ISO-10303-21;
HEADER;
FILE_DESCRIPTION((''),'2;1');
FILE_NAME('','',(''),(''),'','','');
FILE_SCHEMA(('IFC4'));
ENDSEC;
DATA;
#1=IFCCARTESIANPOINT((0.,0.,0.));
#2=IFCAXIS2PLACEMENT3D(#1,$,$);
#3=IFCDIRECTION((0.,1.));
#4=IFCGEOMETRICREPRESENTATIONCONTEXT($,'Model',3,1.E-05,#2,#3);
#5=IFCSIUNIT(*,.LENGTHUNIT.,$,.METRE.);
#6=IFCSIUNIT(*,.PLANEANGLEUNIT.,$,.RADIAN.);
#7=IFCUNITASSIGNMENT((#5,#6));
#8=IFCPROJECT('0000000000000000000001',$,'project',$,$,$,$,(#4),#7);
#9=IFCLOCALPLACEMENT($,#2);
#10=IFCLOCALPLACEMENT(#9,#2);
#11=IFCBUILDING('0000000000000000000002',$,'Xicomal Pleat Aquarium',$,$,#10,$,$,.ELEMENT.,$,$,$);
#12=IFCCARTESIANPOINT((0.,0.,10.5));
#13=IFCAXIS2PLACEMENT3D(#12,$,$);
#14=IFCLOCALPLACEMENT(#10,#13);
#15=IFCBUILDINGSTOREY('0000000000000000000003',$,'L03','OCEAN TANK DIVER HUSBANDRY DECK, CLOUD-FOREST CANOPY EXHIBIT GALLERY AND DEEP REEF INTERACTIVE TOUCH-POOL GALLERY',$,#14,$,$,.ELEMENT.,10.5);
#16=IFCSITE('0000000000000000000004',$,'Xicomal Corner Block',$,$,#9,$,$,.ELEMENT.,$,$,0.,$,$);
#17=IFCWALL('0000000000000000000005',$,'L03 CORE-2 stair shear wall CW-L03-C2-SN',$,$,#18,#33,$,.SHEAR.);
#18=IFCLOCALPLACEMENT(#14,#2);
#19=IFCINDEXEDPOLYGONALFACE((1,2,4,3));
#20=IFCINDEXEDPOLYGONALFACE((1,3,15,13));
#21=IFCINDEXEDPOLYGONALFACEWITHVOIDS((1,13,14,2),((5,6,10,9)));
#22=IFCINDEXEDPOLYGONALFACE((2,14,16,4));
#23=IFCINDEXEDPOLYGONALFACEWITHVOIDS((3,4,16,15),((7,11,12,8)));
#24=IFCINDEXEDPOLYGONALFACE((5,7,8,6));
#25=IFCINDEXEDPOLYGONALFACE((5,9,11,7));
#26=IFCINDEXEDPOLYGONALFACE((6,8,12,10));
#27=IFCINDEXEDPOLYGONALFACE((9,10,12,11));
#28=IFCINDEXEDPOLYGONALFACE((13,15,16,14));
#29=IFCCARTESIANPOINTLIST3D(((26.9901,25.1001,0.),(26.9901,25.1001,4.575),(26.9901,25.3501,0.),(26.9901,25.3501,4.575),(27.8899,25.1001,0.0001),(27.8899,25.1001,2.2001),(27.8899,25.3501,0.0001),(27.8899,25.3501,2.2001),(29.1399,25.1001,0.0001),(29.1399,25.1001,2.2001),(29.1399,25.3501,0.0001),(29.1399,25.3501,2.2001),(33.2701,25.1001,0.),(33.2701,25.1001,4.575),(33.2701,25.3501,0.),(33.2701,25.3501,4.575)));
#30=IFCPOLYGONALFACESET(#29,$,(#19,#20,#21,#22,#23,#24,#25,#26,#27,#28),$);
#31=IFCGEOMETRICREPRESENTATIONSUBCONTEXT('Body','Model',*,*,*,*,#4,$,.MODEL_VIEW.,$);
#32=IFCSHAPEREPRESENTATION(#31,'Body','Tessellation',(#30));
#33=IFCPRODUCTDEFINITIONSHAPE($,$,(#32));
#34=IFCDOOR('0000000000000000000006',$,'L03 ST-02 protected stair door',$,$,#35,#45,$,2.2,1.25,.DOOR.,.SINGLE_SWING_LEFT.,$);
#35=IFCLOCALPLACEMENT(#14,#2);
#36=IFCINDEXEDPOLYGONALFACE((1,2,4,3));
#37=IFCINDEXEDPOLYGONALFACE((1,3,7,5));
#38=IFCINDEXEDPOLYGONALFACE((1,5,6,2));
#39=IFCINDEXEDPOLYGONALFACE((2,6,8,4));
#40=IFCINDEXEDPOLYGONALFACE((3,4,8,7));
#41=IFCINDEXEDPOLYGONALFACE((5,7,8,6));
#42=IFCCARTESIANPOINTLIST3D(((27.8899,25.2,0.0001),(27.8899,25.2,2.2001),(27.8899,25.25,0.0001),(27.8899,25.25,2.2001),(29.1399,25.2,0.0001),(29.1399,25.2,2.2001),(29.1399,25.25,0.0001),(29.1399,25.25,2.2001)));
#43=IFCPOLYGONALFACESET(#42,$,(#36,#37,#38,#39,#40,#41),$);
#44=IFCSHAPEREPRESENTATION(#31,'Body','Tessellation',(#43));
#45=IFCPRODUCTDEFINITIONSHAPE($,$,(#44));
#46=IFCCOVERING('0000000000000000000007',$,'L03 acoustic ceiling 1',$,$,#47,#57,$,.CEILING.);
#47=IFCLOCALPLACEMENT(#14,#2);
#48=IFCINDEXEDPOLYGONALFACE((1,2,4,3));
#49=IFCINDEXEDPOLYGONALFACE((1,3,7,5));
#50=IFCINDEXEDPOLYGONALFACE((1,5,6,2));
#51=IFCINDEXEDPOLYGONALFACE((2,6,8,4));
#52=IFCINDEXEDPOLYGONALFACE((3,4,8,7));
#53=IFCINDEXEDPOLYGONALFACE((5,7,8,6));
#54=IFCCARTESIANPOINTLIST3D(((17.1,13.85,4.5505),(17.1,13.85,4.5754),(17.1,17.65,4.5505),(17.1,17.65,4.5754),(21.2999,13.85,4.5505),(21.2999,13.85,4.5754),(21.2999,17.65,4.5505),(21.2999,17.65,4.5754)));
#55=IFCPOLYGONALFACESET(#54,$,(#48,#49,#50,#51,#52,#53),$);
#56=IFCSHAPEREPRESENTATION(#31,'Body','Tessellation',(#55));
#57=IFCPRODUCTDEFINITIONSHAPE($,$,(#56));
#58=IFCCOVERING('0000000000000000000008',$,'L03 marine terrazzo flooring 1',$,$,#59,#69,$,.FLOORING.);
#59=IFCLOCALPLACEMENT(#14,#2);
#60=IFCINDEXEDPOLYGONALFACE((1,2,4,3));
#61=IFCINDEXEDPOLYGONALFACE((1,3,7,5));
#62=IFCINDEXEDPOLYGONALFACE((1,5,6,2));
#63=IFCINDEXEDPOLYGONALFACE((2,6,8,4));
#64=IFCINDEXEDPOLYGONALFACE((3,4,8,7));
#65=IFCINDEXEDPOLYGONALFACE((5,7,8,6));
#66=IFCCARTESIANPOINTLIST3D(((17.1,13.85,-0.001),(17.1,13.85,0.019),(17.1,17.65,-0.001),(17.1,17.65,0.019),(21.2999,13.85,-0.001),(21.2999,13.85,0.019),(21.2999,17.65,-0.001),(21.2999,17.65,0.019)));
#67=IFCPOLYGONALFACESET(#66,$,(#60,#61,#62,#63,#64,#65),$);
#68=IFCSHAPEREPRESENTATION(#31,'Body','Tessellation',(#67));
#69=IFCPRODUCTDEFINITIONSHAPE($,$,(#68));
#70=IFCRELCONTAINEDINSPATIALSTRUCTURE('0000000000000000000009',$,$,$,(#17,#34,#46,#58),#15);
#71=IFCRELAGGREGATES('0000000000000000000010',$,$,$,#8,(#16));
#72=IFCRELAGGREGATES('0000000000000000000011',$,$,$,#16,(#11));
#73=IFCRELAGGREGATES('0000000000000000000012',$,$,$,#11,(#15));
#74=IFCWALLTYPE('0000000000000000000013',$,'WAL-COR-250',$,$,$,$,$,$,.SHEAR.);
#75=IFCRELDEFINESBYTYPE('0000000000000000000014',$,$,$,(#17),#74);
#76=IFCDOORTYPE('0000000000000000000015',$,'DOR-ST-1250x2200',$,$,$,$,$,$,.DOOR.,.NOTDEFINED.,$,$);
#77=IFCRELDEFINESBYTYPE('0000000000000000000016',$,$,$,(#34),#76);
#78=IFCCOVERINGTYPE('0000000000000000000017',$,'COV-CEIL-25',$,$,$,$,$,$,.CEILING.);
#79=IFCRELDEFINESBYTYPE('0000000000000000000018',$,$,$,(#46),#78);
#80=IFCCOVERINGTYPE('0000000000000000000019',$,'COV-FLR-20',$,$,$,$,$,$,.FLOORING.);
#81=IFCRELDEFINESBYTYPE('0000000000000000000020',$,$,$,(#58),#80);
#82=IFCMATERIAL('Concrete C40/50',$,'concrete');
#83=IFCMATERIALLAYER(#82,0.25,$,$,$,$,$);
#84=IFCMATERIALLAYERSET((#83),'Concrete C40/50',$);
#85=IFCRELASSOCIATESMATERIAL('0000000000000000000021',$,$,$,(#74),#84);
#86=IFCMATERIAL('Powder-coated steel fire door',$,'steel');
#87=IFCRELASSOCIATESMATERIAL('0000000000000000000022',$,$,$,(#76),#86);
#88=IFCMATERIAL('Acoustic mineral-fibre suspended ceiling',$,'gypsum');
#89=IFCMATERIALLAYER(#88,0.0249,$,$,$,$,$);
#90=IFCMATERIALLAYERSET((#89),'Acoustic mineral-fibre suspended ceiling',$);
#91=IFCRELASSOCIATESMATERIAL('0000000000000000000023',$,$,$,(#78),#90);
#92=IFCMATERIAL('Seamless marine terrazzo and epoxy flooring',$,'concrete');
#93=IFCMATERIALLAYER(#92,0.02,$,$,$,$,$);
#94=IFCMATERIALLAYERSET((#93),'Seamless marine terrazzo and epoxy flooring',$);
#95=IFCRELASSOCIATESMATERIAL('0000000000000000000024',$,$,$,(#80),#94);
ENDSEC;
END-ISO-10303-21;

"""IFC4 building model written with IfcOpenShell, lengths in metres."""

from ifc_helpers import new_model, si_unit, direction, frame, frame_2d, origin, origin_2d, place, context, subcontext, project, spatial, rectangle, extrude, material, layer, layer_set, type_object, element, fill, save


model = new_model("IFC4")

# Units and contexts
model_context = context("Model", 3, precision=1e-05, world=origin(), true_north=direction((0.0, 1.0)))
body_context = subcontext(model_context, "Body", "Model", "MODEL_VIEW")
ifc_project = project(units=[si_unit("LENGTHUNIT", "METRE"), si_unit("PLANEANGLEUNIT", "RADIAN")], contexts=[model_context])

# Site, building, storey
site_placement = place(None, origin())
site = spatial("IfcSite", under=ifc_project, at=site_placement, Name="Xicomal Corner Block", CompositionType="ELEMENT", RefElevation=0.0)
building_placement = place(site_placement, origin())
building = spatial("IfcBuilding", under=site, at=building_placement, Name="Xicomal Pleat Aquarium", CompositionType="ELEMENT")
storey_placement = place(building_placement, frame((0.0, 0.0, 10.5)))
storey = spatial("IfcBuildingStorey", under=building, at=storey_placement, Name="L03", Description="OCEAN TANK DIVER HUSBANDRY DECK, CLOUD-FOREST CANOPY EXHIBIT GALLERY AND DEEP REEF INTERACTIVE TOUCH-POOL GALLERY", CompositionType="ELEMENT", Elevation=10.5)

# Shared definitions
ifc_material_1 = material(Name="Concrete C40/50", Category="concrete")
ifc_layer_1 = layer(ifc_material_1, 0.25)
ifc_layer_set_1 = layer_set([ifc_layer_1], Name="Concrete C40/50")
wall_type_1 = type_object("IfcWallType", Name="WAL-COR-250", PredefinedType="SHEAR", material=ifc_layer_set_1)

# Wall, opening, door
wall_1_placement = place(storey_placement, frame((26.99, 25.2251, 0.0), z_axis=(0.0, 0.0, 1.0), x_axis=(1.0, 0.0, 0.0)))
wall_1 = element("IfcWall", 1, at=wall_1_placement, inside=storey, type_object=wall_type_1, Name="L03 CORE-2 stair shear wall CW-L03-C2-SN", PredefinedType="SHEAR", context=body_context, shape_type="SweptSolid", body=[
    extrude(rectangle(XDim=6.28, YDim=0.25, at=frame_2d((3.1401, 0.0))), origin(), (0.0, 0.0, 1.0), 4.575),
])
opening_placement = place(wall_1_placement, frame((0.8999, 0.0, 0.0)))
opening = element("IfcOpeningElement", 2, at=opening_placement, cuts=wall_1, PredefinedType="OPENING", context=body_context, shape_type="SweptSolid", body=[
    extrude(rectangle(XDim=1.25, YDim=2.2, at=frame_2d((0.625, 1.1001))), frame((0.0, 0.135, 0.0), z_axis=(0.0, -1.0, 0.0), x_axis=(1.0, 0.0, 0.0)), (0.0, 0.0, 1.0), 0.27),
])
ifc_material_2 = material(Name="Powder-coated steel fire door", Category="steel")
door_type = type_object("IfcDoorType", Name="DOR-ST-1250x2200", OperationType="NOTDEFINED", PredefinedType="DOOR", material=ifc_material_2)
door_placement = place(opening_placement, origin())
door = element("IfcDoor", 3, at=door_placement, inside=storey, type_object=door_type, Name="L03 ST-02 protected stair door", OperationType="SINGLE_SWING_LEFT", OverallHeight=2.2, OverallWidth=1.25, PredefinedType="DOOR", context=body_context, shape_type="SweptSolid", body=[
    extrude(rectangle(XDim=1.25, YDim=2.2, at=frame_2d((0.625, 1.1001))), frame((0.0, 0.0249, 0.0), z_axis=(0.0, -1.0, 0.0), x_axis=(1.0, 0.0, 0.0)), (0.0, 0.0, 1.0), 0.05),
])
fill(opening, door)

# Coverings
ifc_material_3 = material(Name="Acoustic mineral-fibre suspended ceiling", Category="gypsum")
ifc_layer_2 = layer(ifc_material_3, 0.0249)
ifc_layer_set_2 = layer_set([ifc_layer_2], Name="Acoustic mineral-fibre suspended ceiling")
covering_type_1 = type_object("IfcCoveringType", Name="COV-CEIL-25", PredefinedType="CEILING", material=ifc_layer_set_2)
covering_1_placement = place(storey_placement, frame((19.2, 15.75, 4.5505), z_axis=(0.0, 0.0, 1.0), x_axis=(1.0, 0.0, 0.0)))
element("IfcCovering", 4, at=covering_1_placement, inside=storey, type_object=covering_type_1, Name="L03 acoustic ceiling 1", PredefinedType="CEILING", context=body_context, shape_type="SweptSolid", body=[
    extrude(rectangle(XDim=4.2, YDim=3.8, at=origin_2d()), origin(), (0.0, 0.0, 1.0), 0.0249),
])
ifc_material_4 = material(Name="Seamless marine terrazzo and epoxy flooring", Category="concrete")
ifc_layer_3 = layer(ifc_material_4, 0.02)
ifc_layer_set_3 = layer_set([ifc_layer_3], Name="Seamless marine terrazzo and epoxy flooring")
covering_type_2 = type_object("IfcCoveringType", Name="COV-FLR-20", PredefinedType="FLOORING", material=ifc_layer_set_3)
covering_2_placement = place(storey_placement, frame((19.2, 15.75, -0.001), z_axis=(0.0, 0.0, 1.0), x_axis=(1.0, 0.0, 0.0)))
element("IfcCovering", 5, at=covering_2_placement, inside=storey, type_object=covering_type_2, Name="L03 marine terrazzo flooring 1", PredefinedType="FLOORING", context=body_context, shape_type="SweptSolid", body=[
    extrude(rectangle(XDim=4.2, YDim=3.8, at=origin_2d()), origin(), (0.0, 0.0, 1.0), 0.02),
])

save(model, "model.ifc")
